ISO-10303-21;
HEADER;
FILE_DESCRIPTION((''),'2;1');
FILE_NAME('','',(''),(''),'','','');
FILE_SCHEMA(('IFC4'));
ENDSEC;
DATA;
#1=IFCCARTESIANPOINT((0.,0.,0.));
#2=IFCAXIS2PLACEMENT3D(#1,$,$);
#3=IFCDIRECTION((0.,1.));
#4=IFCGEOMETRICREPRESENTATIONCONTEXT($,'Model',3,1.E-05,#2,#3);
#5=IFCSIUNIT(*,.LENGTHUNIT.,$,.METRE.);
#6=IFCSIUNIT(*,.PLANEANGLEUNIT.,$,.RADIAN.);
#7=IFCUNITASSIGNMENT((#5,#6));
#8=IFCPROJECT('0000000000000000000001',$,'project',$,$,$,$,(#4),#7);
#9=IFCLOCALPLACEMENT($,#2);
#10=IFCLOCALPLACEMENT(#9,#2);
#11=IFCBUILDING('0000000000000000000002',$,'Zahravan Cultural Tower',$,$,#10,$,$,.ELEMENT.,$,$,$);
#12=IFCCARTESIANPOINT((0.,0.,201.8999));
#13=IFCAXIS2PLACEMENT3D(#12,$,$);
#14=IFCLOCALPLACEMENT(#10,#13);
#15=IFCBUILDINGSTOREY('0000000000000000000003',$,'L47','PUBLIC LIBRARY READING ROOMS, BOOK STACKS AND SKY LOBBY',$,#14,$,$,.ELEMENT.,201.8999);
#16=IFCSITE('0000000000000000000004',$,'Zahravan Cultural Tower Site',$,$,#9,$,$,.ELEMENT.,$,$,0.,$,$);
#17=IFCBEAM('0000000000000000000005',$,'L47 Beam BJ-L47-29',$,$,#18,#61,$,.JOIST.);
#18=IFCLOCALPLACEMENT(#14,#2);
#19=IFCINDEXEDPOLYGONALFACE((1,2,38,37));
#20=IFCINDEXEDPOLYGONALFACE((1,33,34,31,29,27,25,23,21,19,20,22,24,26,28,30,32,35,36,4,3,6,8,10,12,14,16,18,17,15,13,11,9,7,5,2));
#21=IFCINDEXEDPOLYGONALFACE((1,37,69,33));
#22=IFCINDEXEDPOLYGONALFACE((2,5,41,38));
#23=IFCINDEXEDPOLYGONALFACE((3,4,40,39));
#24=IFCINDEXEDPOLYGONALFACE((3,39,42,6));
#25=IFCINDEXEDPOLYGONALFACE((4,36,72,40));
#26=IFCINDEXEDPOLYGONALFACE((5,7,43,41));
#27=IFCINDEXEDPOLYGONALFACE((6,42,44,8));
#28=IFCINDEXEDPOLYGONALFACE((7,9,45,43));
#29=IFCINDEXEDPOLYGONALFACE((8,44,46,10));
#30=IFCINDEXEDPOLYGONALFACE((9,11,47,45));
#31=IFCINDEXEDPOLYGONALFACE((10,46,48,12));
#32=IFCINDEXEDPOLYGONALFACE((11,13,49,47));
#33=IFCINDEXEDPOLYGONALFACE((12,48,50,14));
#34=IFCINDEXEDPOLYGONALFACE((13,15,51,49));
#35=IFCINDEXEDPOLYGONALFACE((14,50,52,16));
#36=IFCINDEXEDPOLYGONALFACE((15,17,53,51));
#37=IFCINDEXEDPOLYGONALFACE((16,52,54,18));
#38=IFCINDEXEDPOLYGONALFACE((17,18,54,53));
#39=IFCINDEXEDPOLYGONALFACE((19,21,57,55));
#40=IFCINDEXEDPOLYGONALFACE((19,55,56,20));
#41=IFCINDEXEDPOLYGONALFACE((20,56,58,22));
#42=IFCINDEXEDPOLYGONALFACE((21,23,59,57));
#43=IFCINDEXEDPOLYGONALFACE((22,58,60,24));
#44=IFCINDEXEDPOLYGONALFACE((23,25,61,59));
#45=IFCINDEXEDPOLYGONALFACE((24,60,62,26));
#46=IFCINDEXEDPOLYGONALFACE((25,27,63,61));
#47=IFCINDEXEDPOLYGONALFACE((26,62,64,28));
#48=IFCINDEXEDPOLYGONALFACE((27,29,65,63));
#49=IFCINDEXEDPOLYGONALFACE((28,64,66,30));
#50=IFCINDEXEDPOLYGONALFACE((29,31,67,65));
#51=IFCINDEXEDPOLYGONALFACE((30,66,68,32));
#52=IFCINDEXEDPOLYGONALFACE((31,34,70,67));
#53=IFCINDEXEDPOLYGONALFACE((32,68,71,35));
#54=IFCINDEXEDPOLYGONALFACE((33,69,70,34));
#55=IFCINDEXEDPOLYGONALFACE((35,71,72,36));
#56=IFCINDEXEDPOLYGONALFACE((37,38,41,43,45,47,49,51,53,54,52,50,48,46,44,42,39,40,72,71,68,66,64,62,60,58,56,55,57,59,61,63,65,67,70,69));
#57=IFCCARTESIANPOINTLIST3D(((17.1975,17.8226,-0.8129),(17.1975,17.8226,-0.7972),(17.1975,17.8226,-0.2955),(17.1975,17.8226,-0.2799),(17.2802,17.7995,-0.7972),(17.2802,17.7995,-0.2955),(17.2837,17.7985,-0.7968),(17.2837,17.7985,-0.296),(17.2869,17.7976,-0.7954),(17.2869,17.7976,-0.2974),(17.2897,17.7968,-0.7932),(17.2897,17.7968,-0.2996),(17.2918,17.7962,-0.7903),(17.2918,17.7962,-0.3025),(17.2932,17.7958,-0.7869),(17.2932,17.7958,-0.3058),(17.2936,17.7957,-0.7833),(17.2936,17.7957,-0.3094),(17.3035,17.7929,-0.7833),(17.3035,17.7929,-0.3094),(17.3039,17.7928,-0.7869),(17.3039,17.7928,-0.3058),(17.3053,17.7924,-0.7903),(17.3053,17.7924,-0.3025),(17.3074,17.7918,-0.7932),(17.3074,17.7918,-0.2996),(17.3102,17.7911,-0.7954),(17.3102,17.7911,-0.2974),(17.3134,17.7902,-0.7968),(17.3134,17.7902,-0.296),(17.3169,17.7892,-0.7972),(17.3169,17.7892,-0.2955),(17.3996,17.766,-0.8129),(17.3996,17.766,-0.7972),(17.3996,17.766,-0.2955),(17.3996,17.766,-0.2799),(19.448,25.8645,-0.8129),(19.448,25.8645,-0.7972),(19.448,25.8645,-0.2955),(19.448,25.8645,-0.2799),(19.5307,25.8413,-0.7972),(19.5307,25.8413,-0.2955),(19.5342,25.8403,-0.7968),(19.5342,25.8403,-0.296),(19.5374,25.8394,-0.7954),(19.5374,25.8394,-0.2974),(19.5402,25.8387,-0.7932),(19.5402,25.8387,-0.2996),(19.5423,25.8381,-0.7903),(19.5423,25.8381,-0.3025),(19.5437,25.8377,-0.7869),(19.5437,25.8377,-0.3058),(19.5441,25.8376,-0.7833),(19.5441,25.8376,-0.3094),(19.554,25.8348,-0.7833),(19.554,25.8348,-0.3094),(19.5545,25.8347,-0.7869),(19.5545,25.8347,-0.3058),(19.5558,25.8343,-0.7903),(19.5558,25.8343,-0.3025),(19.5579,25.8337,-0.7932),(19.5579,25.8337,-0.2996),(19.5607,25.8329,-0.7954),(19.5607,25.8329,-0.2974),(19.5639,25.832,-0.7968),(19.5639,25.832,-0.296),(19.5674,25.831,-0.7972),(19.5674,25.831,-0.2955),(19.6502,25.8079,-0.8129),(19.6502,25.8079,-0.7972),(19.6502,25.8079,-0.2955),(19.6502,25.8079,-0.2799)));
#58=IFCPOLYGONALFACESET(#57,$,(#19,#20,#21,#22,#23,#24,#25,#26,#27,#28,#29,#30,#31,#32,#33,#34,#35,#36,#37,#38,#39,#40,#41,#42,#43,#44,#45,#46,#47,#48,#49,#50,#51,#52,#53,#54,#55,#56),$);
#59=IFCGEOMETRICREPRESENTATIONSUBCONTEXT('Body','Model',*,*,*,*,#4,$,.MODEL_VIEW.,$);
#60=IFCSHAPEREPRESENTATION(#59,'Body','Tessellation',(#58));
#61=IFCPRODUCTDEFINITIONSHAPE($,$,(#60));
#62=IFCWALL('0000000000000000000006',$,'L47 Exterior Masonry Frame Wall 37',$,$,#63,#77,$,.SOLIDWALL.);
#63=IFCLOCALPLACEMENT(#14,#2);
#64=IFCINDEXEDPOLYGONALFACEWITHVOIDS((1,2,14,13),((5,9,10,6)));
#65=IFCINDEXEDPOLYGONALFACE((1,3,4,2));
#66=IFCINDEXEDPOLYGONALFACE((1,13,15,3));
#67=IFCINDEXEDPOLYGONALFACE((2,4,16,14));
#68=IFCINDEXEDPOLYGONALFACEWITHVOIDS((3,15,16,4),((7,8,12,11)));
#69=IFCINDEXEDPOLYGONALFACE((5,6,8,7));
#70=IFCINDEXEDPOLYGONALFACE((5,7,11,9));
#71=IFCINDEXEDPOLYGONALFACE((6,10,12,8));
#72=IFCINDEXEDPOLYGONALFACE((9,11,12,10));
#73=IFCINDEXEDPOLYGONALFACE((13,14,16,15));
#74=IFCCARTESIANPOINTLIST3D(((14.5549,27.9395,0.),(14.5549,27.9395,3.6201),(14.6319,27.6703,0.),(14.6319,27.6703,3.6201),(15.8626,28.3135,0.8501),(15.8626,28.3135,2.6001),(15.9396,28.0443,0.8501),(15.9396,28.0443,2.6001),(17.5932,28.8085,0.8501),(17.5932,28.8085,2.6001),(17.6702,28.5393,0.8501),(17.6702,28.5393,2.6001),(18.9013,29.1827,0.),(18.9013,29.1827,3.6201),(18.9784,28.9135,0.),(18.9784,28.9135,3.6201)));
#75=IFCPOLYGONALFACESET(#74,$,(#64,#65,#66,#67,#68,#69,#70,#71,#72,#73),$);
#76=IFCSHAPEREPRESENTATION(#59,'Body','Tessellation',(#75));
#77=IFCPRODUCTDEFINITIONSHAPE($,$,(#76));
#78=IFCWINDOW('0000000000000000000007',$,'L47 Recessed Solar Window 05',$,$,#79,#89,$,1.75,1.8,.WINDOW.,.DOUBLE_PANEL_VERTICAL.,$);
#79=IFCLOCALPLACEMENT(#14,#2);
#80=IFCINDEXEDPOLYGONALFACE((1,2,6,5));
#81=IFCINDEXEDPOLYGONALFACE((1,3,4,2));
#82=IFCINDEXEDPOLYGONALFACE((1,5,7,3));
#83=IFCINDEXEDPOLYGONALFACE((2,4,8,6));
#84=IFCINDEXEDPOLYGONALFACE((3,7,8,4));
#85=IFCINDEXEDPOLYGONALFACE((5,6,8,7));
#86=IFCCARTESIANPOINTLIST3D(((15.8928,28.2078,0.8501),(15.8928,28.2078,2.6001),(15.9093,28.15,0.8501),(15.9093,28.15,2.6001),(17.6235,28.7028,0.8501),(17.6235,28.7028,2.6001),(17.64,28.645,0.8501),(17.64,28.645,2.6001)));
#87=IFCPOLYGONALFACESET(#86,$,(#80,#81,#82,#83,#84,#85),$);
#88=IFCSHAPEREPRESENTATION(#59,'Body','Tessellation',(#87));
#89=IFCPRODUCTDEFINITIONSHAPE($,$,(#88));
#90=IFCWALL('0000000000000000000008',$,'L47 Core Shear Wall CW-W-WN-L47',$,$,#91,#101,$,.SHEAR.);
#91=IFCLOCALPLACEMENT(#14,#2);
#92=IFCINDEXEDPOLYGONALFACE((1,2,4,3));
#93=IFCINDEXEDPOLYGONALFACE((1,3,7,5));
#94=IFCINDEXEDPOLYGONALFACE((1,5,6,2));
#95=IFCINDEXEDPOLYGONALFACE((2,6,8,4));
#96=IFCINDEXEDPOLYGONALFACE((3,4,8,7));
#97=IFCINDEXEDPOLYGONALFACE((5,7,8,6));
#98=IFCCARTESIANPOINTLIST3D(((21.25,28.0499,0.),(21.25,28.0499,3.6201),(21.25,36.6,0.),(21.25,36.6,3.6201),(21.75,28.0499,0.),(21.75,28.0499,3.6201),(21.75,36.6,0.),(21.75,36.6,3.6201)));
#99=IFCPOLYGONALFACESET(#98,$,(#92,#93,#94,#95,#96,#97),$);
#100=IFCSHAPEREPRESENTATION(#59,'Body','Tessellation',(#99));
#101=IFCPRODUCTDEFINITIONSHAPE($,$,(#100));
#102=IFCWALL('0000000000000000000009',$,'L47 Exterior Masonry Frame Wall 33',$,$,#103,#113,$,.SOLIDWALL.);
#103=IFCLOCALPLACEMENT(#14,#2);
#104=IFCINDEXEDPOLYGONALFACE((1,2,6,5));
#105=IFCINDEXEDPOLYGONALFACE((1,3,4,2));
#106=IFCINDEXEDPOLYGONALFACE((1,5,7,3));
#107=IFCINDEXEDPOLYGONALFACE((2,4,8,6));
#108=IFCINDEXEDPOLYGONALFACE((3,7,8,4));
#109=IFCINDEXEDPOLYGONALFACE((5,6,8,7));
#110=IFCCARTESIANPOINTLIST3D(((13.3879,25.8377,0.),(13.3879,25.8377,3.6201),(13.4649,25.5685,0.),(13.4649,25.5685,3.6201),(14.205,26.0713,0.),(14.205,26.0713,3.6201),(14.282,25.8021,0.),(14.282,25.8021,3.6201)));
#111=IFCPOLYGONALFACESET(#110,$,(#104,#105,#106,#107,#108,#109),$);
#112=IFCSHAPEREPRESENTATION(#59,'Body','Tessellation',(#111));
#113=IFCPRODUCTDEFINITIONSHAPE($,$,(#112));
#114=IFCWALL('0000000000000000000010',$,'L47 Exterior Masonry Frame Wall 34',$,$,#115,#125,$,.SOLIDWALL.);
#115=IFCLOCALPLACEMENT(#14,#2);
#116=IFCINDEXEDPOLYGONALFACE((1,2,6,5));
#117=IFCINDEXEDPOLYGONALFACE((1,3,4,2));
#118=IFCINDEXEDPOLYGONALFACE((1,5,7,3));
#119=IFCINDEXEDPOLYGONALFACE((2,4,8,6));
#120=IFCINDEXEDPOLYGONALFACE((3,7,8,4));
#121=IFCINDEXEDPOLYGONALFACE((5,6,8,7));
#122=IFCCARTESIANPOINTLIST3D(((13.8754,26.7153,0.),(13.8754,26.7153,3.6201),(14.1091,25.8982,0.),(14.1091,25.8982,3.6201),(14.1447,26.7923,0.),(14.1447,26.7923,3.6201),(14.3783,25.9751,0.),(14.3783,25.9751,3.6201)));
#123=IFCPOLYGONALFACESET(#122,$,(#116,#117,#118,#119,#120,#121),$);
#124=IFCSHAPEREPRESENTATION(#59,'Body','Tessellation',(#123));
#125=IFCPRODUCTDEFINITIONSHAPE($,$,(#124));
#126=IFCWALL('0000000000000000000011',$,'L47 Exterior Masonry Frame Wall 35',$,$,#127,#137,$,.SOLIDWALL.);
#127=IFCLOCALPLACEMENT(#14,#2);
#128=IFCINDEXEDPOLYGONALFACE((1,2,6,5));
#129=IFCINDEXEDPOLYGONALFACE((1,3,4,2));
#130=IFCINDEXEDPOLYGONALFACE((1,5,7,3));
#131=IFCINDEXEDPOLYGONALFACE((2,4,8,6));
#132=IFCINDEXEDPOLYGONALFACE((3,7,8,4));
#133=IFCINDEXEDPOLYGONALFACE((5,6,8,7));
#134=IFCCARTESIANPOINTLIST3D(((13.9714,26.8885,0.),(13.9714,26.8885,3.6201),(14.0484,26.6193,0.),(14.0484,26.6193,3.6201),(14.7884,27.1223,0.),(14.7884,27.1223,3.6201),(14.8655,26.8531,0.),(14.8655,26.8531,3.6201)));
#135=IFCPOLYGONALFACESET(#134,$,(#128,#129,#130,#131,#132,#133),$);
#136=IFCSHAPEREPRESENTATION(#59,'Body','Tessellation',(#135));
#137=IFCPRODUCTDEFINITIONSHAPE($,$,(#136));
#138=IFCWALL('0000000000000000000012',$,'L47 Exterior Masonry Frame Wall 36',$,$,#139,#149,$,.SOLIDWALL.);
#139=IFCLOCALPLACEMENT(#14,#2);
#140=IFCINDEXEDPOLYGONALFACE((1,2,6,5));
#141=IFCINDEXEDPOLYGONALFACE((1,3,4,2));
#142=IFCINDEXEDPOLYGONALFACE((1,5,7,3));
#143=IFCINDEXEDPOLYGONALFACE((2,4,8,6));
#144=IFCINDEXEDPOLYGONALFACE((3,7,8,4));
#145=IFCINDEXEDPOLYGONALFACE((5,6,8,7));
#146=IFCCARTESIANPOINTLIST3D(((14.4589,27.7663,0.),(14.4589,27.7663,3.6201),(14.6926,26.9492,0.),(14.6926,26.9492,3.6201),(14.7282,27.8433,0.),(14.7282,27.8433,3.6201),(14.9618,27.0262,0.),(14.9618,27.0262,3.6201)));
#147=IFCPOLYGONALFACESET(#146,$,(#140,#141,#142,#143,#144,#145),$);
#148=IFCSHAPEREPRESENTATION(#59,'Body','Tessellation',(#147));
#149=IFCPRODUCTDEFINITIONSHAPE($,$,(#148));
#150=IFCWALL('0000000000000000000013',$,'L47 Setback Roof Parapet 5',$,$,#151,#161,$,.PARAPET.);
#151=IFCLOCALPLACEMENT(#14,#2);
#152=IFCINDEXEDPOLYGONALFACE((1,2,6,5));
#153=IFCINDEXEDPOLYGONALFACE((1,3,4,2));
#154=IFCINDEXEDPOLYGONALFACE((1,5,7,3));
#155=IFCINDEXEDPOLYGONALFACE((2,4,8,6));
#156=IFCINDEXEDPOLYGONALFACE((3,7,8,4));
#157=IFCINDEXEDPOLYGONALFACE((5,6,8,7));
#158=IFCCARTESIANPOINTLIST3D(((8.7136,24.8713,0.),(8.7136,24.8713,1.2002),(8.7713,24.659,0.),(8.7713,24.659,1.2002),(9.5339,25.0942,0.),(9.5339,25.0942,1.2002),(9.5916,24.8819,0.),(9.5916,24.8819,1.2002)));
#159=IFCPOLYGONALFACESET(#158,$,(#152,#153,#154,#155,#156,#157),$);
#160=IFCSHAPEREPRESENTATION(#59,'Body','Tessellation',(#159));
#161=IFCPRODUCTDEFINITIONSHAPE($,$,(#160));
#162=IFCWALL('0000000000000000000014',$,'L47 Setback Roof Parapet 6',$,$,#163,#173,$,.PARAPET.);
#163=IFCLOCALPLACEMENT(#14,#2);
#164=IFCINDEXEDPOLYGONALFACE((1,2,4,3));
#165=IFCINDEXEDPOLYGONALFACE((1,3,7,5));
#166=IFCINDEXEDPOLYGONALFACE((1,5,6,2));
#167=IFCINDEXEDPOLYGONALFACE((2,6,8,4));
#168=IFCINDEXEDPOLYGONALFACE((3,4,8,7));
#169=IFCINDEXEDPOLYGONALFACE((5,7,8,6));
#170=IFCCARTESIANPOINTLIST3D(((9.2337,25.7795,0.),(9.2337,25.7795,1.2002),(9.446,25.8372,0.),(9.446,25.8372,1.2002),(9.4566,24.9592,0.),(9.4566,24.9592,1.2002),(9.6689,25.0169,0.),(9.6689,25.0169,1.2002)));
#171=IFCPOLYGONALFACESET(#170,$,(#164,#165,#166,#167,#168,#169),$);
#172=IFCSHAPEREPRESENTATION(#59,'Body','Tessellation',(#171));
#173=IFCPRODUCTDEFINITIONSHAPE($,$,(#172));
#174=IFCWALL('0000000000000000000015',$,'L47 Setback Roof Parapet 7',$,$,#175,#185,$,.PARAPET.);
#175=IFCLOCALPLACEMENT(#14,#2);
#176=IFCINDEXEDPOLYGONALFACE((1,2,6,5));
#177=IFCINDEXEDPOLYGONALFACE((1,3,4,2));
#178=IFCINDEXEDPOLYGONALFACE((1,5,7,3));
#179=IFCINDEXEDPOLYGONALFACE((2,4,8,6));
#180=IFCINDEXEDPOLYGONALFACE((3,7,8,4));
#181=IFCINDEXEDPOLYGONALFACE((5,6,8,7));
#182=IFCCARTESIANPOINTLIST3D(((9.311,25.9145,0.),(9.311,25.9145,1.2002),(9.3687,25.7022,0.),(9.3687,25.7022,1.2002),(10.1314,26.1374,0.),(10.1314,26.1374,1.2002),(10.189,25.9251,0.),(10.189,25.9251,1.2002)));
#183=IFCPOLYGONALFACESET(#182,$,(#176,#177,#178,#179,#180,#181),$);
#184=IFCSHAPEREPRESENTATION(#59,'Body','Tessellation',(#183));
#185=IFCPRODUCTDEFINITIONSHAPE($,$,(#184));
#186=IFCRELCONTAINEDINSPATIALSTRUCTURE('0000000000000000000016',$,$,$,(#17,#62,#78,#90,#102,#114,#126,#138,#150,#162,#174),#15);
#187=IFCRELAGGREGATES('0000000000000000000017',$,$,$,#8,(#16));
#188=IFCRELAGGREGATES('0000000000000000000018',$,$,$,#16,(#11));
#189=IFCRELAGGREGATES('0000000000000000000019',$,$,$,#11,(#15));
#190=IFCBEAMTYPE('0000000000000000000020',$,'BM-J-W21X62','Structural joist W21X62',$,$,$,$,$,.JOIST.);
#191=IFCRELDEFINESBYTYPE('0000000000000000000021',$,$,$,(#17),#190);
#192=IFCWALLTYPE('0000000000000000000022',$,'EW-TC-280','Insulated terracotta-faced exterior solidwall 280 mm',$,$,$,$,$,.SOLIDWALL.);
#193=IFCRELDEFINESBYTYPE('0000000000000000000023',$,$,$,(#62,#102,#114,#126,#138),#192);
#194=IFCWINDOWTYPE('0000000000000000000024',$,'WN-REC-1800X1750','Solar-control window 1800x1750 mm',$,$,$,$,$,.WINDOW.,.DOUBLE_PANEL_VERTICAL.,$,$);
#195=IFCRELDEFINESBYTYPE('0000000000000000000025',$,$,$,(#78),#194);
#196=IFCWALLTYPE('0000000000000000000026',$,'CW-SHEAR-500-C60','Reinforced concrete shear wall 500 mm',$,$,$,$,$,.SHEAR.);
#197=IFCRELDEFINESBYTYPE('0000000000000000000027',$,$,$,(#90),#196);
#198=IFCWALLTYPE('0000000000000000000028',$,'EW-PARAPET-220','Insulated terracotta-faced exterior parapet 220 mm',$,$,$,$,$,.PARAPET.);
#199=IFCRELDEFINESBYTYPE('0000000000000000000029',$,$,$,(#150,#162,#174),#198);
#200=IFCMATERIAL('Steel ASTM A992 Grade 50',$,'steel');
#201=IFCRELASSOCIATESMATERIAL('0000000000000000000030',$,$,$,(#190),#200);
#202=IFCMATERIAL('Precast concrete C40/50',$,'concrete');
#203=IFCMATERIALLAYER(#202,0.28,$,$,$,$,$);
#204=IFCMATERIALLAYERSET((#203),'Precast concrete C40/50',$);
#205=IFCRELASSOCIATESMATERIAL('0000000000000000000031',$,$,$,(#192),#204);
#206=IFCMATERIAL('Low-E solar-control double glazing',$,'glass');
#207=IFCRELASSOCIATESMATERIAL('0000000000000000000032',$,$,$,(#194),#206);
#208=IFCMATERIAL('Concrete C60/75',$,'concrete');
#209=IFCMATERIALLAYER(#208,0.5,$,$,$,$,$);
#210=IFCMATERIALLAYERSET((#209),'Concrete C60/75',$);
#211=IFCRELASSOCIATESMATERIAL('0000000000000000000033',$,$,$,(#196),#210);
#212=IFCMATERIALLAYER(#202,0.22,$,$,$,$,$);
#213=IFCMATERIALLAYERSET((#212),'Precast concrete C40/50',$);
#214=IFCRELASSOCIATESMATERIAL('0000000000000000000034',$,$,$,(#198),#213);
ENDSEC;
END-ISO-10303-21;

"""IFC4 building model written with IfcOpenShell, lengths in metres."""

from ifc_helpers import new_model, si_unit, direction, frame, frame_2d, origin, origin_2d, place, context, subcontext, project, spatial, rectangle, i_section, extrude, source, transform, mapped, material, layer, layer_set, material_profile, profile_set, type_object, element, fill, save


model = new_model("IFC4")

# Units and contexts
model_context = context("Model", 3, precision=1e-05, world=origin(), true_north=direction((0.0, 1.0)))
body_context = subcontext(model_context, "Body", "Model", "MODEL_VIEW")
ifc_project = project(units=[si_unit("LENGTHUNIT", "METRE"), si_unit("PLANEANGLEUNIT", "RADIAN")], contexts=[model_context])

# Site, building, storey
site_placement = place(None, origin())
site = spatial("IfcSite", under=ifc_project, at=site_placement, Name="Zahravan Cultural Tower Site", CompositionType="ELEMENT", RefElevation=0.0)
building_placement = place(site_placement, origin())
building = spatial("IfcBuilding", under=site, at=building_placement, Name="Zahravan Cultural Tower", CompositionType="ELEMENT")
storey_placement = place(building_placement, frame((0.0, 0.0, 201.8999)))
storey = spatial("IfcBuildingStorey", under=building, at=storey_placement, Name="L47", Description="PUBLIC LIBRARY READING ROOMS, BOOK STACKS AND SKY LOBBY", CompositionType="ELEMENT", Elevation=201.8999)

# Shared definitions
ifc_material_1 = material(Name="Steel ASTM A992 Grade 50", Category="steel")

# Beam
ifc_material_profile_1 = material_profile(ifc_material_1, i_section(OverallWidth=0.21, OverallDepth=0.533, WebThickness=0.0103, FlangeThickness=0.0156, FilletRadius=0.0139, at=origin_2d()), Name="W21X62")
ifc_profile_set_1 = profile_set([ifc_material_profile_1], Name="Steel ASTM A992 Grade 50")
beam_type_1 = type_object("IfcBeamType", Name="BM-J-W21X62", Description="Structural joist W21X62", PredefinedType="JOIST", material=ifc_profile_set_1)
shared_shape_1 = source(origin(), body_context, "Body", "SweptSolid", [
    extrude(i_section(OverallWidth=0.21, OverallDepth=0.533, WebThickness=0.0103, FlangeThickness=0.0156, FilletRadius=0.0139, at=origin_2d()), origin(), (0.0, 0.0, 1.0), 8.3508),
])
beam_1_placement = place(storey_placement, frame((19.5491, 25.8362, -0.5464), z_axis=(-0.269497, -0.963001, 0.0), x_axis=(0.963001, -0.269497, 0.0)))
element("IfcBeam", 1, at=beam_1_placement, inside=storey, type_object=beam_type_1, Name="L47 Beam BJ-L47-29", PredefinedType="JOIST", context=body_context, shape_type="MappedRepresentation", body=[
    mapped(shared_shape_1, transform((0.0, 0.0, 0.0), x_axis=(1.0, 0.0, 0.0), y_axis=(0.0, 1.0, 0.0), z_axis=(0.0, 0.0, 1.0), scale=1.0)),
])

# Wall, opening, window
ifc_material_2 = material(Name="Precast concrete C40/50", Category="concrete")
ifc_layer_1 = layer(ifc_material_2, 0.28)
ifc_layer_set_1 = layer_set([ifc_layer_1], Name="Precast concrete C40/50")
wall_type_1 = type_object("IfcWallType", Name="EW-TC-280", Description="Insulated terracotta-faced exterior solidwall 280 mm", PredefinedType="SOLIDWALL", material=ifc_layer_set_1)
wall_1_placement = place(storey_placement, frame((14.5935, 27.8049, 0.0), z_axis=(0.0, 0.0, 1.0), x_axis=(0.961446, 0.274992, 0.0)))
wall_1 = element("IfcWall", 2, at=wall_1_placement, inside=storey, type_object=wall_type_1, Name="L47 Exterior Masonry Frame Wall 37", PredefinedType="SOLIDWALL", context=body_context, shape_type="SweptSolid", body=[
    extrude(rectangle(XDim=4.5208, YDim=0.28, at=frame_2d((2.2603, 0.0))), origin(), (0.0, 0.0, 1.0), 3.6201),
])
opening_placement = place(wall_1_placement, frame((1.3601, 0.0, 0.8501)))
opening = element("IfcOpeningElement", 3, at=opening_placement, cuts=wall_1, PredefinedType="OPENING", context=body_context, shape_type="SweptSolid", body=[
    extrude(rectangle(XDim=1.8, YDim=1.75, at=frame_2d((0.8999, 0.875))), frame((0.0, 0.1499, 0.0), z_axis=(0.0, -1.0, 0.0), x_axis=(1.0, 0.0, 0.0)), (0.0, 0.0, 1.0), 0.3),
])
ifc_material_3 = material(Name="Low-E solar-control double glazing", Category="glass")
window_type = type_object("IfcWindowType", Name="WN-REC-1800X1750", Description="Solar-control window 1800x1750 mm", PartitioningType="DOUBLE_PANEL_VERTICAL", PredefinedType="WINDOW", material=ifc_material_3)
shared_shape_2 = source(origin(), body_context, "Body", "SweptSolid", [
    extrude(rectangle(XDim=1.8, YDim=1.75, at=frame_2d((0.8999, 0.875))), frame((0.0, 0.03, 0.0), z_axis=(0.0, -1.0, 0.0), x_axis=(1.0, 0.0, 0.0)), (0.0, 0.0, 1.0), 0.0601),
])
window_placement = place(opening_placement, origin())
window = element("IfcWindow", 4, at=window_placement, inside=storey, type_object=window_type, Name="L47 Recessed Solar Window 05", OverallHeight=1.75, OverallWidth=1.8, PartitioningType="DOUBLE_PANEL_VERTICAL", PredefinedType="WINDOW", context=body_context, shape_type="MappedRepresentation", body=[
    mapped(shared_shape_2, transform((0.0, 0.0, 0.0), x_axis=(1.0, 0.0, 0.0), y_axis=(0.0, 1.0, 0.0), z_axis=(0.0, 0.0, 1.0), scale=1.0)),
])
fill(opening, window)

# Walls
ifc_material_4 = material(Name="Concrete C60/75", Category="concrete")
ifc_layer_2 = layer(ifc_material_4, 0.5)
ifc_layer_set_2 = layer_set([ifc_layer_2], Name="Concrete C60/75")
wall_type_2 = type_object("IfcWallType", Name="CW-SHEAR-500-C60", Description="Reinforced concrete shear wall 500 mm", PredefinedType="SHEAR", material=ifc_layer_set_2)
shared_shape_3 = source(origin(), body_context, "Body", "SweptSolid", [
    extrude(rectangle(XDim=8.55, YDim=0.5, at=frame_2d((4.2749, 0.0))), origin(), (0.0, 0.0, 1.0), 3.6201),
])
wall_2_placement = place(storey_placement, frame((21.5, 28.05, 0.0), z_axis=(0.0, 0.0, 1.0), x_axis=(0.0, 1.0, 0.0)))
element("IfcWall", 5, at=wall_2_placement, inside=storey, type_object=wall_type_2, Name="L47 Core Shear Wall CW-W-WN-L47", PredefinedType="SHEAR", context=body_context, shape_type="MappedRepresentation", body=[
    mapped(shared_shape_3, transform((0.0, 0.0, 0.0), x_axis=(1.0, 0.0, 0.0), y_axis=(0.0, 1.0, 0.0), z_axis=(0.0, 0.0, 1.0), scale=1.0)),
])
shared_shape_4 = source(origin(), body_context, "Body", "SweptSolid", [
    extrude(rectangle(XDim=0.8499, YDim=0.28, at=frame_2d((0.4248, 0.0))), origin(), (0.0, 0.0, 1.0), 3.6201),
])
for number, where, z_axis, x_axis, name in (
    (6, (13.4265, 25.7031, 0.0), (0.0, 0.0, 1.0), (0.96147, 0.274911, 0.0), "L47 Exterior Masonry Frame Wall 33"),
    (7, (14.2437, 25.9368, 0.0), (0.0, 0.0, 1.0), (-0.274911, 0.96147, 0.0), "L47 Exterior Masonry Frame Wall 34"),
    (8, (14.01, 26.7539, 0.0), (0.0, 0.0, 1.0), (0.961394, 0.275176, 0.0), "L47 Exterior Masonry Frame Wall 35"),
    (9, (14.8271, 26.9878, 0.0), (0.0, 0.0, 1.0), (-0.274911, 0.96147, 0.0), "L47 Exterior Masonry Frame Wall 36"),
):
    element("IfcWall", number, at=place(storey_placement, frame(where, z_axis=z_axis, x_axis=x_axis)), inside=storey, type_object=wall_type_1, Name=name, PredefinedType="SOLIDWALL", context=body_context, shape_type="MappedRepresentation", body=[
        mapped(shared_shape_4, transform((0.0, 0.0, 0.0), x_axis=(1.0, 0.0, 0.0), y_axis=(0.0, 1.0, 0.0), z_axis=(0.0, 0.0, 1.0), scale=1.0)),
    ])
ifc_layer_3 = layer(ifc_material_2, 0.22)
ifc_layer_set_3 = layer_set([ifc_layer_3], Name="Precast concrete C40/50")
wall_type_3 = type_object("IfcWallType", Name="EW-PARAPET-220", Description="Insulated terracotta-faced exterior parapet 220 mm", PredefinedType="PARAPET", material=ifc_layer_set_3)
shared_shape_5 = source(origin(), body_context, "Body", "SweptSolid", [
    extrude(rectangle(XDim=0.8501, YDim=0.22, at=frame_2d((0.425, 0.0))), origin(), (0.0, 0.0, 1.0), 1.2002),
])
for number, where, z_axis, x_axis, name in (
    (10, (8.7424, 24.7651, 0.0), (0.0, 0.0, 1.0), (0.965009, 0.262218, 0.0), "L47 Setback Roof Parapet 5"),
    (11, (9.5627, 24.988, 0.0), (0.0, 0.0, 1.0), (-0.262218, 0.965009, 0.0), "L47 Setback Roof Parapet 6"),
    (12, (9.3398, 25.8083, 0.0), (0.0, 0.0, 1.0), (0.965009, 0.262218, 0.0), "L47 Setback Roof Parapet 7"),
):
    element("IfcWall", number, at=place(storey_placement, frame(where, z_axis=z_axis, x_axis=x_axis)), inside=storey, type_object=wall_type_3, Name=name, PredefinedType="PARAPET", context=body_context, shape_type="MappedRepresentation", body=[
        mapped(shared_shape_5, transform((0.0, 0.0, 0.0), x_axis=(1.0, 0.0, 0.0), y_axis=(0.0, 1.0, 0.0), z_axis=(0.0, 0.0, 1.0), scale=1.0)),
    ])

save(model, "model.ifc")
